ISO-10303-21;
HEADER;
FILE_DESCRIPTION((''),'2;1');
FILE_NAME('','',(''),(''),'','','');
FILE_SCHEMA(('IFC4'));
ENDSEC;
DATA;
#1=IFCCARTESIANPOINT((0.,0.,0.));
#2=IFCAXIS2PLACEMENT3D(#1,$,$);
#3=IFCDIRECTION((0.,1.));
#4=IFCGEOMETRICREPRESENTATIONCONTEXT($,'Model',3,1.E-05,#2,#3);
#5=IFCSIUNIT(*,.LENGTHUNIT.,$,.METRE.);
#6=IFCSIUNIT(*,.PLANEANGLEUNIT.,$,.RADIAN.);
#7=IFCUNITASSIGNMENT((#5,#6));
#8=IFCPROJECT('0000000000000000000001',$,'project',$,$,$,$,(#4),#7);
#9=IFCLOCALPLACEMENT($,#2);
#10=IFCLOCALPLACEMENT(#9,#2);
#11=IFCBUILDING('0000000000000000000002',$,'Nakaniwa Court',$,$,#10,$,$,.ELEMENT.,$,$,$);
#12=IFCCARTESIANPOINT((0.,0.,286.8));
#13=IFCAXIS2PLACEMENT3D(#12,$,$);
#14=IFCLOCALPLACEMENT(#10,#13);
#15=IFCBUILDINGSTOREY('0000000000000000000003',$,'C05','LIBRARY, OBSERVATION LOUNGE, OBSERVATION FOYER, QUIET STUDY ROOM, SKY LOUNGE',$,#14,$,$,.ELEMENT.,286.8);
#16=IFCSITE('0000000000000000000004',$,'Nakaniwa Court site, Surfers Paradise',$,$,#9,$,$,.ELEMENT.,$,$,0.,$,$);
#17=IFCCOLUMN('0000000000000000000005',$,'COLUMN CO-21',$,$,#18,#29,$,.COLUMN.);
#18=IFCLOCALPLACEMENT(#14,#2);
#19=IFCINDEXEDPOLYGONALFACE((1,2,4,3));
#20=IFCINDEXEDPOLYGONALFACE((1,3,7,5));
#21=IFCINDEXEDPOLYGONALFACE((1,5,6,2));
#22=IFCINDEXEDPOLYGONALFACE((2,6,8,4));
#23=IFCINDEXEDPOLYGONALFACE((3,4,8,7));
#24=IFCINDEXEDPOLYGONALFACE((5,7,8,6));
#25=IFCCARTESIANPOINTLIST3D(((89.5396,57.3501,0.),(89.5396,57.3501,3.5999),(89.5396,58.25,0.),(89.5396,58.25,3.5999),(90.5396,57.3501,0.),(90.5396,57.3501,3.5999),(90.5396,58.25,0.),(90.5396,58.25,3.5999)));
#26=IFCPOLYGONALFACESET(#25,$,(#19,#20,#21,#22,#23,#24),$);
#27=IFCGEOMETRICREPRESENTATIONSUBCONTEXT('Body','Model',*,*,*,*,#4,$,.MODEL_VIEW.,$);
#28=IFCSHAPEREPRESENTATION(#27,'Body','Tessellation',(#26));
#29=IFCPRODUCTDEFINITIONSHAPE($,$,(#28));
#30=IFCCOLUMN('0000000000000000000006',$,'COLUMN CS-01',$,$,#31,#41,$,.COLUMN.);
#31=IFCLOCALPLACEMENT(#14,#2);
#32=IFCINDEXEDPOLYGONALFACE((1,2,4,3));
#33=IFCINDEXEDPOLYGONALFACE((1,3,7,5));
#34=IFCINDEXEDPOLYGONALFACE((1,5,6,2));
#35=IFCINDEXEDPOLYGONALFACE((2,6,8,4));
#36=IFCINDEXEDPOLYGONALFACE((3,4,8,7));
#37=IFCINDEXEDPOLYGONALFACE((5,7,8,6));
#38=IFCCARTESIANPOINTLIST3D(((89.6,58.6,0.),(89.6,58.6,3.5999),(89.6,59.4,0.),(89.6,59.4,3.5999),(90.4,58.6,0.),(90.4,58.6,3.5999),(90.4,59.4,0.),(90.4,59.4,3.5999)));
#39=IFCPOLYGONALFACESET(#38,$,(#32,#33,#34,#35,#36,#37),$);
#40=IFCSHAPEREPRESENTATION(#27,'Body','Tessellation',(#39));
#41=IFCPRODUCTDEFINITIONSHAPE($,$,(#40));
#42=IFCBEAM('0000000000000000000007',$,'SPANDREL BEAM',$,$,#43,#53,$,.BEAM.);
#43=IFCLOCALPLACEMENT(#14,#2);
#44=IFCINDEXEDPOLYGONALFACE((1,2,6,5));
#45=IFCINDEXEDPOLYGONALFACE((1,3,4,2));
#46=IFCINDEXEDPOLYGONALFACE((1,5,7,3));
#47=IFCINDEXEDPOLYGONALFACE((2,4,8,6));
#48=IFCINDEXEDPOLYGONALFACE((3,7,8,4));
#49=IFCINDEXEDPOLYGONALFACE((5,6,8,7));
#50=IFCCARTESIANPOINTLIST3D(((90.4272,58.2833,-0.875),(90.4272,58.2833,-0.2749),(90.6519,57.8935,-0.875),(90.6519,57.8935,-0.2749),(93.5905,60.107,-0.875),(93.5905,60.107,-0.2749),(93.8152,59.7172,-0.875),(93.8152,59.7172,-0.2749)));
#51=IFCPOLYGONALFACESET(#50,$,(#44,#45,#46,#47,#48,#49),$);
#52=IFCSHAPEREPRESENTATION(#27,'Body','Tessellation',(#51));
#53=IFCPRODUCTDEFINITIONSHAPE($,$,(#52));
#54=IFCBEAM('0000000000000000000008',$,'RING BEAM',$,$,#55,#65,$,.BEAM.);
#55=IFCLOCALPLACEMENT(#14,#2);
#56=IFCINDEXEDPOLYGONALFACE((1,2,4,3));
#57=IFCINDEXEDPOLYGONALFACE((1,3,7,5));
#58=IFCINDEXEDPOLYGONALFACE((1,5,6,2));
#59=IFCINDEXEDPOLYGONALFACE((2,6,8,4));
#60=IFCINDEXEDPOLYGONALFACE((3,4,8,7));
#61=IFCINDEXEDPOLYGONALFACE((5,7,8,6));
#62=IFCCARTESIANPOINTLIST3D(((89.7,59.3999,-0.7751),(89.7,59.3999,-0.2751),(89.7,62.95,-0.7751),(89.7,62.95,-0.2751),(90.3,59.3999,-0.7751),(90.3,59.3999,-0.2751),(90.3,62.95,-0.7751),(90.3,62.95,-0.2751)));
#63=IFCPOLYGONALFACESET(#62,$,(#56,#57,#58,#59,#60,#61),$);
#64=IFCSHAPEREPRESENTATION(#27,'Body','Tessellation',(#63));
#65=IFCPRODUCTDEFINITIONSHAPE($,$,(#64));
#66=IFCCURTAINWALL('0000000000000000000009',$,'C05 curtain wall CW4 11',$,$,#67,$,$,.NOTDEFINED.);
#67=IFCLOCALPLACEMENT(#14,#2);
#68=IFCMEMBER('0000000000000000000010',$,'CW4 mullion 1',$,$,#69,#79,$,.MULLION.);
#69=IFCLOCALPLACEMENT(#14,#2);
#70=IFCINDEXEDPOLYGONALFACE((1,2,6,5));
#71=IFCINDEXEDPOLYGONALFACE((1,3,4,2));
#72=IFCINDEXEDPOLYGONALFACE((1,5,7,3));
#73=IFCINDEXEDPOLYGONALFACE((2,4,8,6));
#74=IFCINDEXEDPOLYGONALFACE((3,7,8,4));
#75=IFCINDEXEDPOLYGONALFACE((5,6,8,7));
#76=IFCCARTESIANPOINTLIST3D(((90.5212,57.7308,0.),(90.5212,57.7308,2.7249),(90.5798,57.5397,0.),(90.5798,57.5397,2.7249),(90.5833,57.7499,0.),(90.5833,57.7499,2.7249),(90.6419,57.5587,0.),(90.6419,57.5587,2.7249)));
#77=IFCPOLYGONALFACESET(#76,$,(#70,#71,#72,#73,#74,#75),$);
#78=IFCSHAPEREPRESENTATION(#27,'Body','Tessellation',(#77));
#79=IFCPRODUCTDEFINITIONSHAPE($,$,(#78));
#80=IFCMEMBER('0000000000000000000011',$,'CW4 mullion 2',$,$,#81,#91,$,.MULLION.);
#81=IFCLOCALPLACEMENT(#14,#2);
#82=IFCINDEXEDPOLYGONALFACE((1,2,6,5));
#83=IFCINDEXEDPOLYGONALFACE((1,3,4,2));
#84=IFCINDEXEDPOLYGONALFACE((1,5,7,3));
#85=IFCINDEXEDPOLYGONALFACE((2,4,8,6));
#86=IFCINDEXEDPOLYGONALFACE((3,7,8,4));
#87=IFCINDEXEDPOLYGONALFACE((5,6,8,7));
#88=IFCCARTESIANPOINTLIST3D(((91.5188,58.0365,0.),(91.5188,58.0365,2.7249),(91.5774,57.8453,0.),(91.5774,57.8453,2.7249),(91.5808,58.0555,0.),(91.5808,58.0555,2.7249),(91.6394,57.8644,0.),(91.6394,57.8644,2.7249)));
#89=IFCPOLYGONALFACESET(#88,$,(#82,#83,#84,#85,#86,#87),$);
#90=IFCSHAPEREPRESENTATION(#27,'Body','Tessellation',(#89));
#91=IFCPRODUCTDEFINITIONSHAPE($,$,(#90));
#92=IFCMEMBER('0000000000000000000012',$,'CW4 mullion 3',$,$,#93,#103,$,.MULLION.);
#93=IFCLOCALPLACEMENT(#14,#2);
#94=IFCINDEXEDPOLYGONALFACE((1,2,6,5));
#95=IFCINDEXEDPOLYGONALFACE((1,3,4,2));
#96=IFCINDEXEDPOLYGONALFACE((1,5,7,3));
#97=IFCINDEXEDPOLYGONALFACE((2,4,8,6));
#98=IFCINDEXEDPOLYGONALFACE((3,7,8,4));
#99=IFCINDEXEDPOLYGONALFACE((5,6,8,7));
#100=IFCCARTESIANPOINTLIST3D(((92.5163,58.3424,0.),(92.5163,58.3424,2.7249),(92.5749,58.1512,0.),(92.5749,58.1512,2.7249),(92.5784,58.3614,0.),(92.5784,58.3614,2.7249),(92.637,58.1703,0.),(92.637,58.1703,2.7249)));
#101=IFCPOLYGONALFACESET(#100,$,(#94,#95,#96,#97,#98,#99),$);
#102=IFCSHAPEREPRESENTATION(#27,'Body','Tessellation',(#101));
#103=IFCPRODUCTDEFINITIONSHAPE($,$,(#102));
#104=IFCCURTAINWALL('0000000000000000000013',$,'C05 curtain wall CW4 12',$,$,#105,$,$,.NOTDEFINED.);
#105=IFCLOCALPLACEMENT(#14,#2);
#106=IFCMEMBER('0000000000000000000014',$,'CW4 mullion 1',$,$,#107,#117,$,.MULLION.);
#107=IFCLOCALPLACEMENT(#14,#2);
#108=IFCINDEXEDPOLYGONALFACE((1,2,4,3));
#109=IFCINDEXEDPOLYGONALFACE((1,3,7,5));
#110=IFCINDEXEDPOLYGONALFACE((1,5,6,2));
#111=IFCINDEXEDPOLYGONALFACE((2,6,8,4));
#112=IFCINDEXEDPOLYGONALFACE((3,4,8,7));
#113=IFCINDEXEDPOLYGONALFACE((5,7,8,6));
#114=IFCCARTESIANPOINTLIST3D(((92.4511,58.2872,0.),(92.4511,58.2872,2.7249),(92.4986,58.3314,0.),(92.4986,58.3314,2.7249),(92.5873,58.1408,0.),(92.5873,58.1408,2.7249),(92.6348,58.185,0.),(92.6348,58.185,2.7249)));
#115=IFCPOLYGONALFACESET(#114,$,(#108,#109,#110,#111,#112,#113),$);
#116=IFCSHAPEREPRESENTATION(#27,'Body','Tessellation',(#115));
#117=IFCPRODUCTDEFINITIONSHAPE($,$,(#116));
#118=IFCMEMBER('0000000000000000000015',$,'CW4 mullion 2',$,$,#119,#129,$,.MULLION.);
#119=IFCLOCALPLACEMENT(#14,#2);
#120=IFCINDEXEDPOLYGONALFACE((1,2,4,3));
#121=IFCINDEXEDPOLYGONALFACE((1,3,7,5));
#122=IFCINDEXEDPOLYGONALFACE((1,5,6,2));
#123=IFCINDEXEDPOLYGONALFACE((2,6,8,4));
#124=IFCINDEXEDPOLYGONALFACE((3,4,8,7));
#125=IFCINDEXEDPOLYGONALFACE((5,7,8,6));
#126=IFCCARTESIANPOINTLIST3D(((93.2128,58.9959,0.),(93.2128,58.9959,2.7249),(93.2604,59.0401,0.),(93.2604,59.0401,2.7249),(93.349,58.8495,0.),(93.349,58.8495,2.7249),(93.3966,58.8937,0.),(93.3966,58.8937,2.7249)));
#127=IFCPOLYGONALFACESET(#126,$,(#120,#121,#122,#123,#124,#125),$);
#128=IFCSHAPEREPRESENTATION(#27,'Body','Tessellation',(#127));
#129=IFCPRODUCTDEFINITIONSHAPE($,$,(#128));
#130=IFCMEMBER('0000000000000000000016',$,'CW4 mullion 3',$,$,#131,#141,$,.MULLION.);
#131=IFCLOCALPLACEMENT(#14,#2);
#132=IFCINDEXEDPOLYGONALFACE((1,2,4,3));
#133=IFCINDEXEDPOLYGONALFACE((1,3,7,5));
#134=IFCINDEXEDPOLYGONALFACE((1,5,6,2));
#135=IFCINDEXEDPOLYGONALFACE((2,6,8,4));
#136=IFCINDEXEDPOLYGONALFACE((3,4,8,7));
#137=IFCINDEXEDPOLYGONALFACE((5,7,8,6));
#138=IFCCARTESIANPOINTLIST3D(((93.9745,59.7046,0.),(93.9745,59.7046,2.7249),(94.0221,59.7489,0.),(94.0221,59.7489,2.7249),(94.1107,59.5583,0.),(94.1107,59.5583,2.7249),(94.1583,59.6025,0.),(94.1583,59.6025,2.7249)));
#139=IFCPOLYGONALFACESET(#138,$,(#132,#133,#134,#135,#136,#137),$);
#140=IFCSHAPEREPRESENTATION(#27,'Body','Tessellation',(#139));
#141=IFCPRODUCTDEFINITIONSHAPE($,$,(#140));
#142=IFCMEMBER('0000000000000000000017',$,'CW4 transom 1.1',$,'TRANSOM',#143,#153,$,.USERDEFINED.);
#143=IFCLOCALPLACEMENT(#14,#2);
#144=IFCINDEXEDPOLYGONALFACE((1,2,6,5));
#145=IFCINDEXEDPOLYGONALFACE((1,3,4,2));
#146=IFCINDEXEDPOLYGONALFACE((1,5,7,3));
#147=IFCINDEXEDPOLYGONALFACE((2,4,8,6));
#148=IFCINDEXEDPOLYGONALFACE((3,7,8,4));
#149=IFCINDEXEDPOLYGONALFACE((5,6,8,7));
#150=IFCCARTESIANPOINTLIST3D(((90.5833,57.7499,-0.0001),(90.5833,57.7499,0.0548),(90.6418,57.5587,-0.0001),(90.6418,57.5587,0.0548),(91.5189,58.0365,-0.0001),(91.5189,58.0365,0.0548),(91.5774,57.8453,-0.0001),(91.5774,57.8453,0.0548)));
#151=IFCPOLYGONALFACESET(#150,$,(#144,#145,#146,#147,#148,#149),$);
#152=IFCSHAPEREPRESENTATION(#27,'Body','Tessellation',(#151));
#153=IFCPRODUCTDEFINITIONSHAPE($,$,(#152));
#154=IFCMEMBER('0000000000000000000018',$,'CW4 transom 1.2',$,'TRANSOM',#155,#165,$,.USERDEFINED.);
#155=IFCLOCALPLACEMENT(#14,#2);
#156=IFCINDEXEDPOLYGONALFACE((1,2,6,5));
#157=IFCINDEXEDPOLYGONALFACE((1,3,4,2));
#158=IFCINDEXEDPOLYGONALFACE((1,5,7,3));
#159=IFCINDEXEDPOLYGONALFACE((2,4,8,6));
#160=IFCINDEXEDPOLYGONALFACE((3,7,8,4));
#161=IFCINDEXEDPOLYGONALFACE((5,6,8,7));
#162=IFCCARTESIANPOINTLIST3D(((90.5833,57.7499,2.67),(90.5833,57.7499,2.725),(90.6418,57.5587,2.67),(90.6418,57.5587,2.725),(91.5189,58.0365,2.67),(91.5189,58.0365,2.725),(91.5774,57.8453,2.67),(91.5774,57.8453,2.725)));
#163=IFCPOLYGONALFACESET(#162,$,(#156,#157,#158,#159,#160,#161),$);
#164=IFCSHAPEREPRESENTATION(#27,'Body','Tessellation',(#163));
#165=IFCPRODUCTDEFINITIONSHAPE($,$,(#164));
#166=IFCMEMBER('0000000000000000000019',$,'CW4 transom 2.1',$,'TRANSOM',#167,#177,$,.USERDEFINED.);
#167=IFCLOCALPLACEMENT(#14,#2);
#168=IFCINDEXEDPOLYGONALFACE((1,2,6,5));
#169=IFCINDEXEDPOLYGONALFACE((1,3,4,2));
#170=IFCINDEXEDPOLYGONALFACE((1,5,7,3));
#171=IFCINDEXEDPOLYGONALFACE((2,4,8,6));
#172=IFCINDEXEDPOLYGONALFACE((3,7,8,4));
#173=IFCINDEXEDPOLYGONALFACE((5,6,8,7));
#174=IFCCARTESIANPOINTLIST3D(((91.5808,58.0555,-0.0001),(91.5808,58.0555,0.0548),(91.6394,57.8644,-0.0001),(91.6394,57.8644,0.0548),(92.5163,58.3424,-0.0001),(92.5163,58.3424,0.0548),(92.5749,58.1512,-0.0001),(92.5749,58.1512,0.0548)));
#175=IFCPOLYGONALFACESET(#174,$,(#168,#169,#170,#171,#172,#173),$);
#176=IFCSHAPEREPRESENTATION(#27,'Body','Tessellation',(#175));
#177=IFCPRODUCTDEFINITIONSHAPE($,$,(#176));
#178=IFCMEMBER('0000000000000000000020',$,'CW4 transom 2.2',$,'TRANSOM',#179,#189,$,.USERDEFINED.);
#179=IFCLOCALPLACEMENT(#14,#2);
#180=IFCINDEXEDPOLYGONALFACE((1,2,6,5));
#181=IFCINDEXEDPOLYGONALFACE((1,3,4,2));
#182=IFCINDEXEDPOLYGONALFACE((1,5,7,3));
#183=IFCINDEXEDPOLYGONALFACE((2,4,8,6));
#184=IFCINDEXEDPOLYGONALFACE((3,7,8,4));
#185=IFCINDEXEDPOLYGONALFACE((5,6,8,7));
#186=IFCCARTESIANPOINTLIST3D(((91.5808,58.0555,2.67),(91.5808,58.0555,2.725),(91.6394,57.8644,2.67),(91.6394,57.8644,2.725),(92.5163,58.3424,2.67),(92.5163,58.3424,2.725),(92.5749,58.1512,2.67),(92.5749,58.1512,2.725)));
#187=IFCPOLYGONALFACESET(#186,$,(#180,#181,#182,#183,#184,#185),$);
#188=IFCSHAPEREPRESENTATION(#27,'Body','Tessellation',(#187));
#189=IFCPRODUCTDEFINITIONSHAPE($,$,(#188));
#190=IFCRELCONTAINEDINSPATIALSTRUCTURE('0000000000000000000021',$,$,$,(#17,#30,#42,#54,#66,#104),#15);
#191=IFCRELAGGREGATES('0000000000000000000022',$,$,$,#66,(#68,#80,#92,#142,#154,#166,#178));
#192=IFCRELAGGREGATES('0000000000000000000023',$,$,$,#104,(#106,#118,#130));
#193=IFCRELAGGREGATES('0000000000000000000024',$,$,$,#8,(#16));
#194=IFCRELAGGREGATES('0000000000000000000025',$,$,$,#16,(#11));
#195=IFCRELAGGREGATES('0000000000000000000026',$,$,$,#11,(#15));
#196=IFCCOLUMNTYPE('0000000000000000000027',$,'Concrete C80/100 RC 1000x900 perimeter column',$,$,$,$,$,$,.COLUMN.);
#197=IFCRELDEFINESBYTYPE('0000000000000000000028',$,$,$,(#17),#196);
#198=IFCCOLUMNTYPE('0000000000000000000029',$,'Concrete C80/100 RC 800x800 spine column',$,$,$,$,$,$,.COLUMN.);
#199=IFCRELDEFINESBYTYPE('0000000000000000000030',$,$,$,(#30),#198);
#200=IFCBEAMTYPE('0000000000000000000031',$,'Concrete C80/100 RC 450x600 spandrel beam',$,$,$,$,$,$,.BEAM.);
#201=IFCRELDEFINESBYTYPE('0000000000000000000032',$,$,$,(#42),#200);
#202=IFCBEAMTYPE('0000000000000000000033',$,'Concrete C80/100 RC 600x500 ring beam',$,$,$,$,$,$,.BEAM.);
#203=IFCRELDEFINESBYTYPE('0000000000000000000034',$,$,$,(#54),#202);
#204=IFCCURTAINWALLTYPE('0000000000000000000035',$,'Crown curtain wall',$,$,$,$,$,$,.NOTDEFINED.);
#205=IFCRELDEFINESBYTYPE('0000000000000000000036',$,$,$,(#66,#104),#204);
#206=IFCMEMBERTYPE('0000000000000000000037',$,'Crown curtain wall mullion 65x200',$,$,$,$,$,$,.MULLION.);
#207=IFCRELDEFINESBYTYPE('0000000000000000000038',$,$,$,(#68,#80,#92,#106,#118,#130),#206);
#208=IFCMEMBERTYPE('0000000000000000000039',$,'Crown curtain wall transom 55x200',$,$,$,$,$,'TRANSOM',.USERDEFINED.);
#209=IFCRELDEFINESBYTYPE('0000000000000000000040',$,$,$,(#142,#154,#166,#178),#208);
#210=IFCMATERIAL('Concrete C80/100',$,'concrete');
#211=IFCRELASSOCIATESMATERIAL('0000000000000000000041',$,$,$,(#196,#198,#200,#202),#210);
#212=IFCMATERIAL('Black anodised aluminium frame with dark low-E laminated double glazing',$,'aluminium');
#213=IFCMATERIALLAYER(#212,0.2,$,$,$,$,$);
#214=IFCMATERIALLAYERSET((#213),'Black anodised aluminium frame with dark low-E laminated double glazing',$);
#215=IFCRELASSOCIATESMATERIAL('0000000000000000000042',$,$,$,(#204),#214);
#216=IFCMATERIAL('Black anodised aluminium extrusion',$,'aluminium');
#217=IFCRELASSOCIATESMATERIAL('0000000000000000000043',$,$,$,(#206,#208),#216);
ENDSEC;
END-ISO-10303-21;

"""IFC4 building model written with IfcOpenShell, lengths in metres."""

from ifc_helpers import new_model, si_unit, direction, frame, origin, origin_2d, place, context, subcontext, project, spatial, rectangle, extrude, material, layer, layer_set, material_profile, profile_set, type_object, element, aggregate, save


model = new_model("IFC4")

# Units and contexts
model_context = context("Model", 3, precision=1e-05, world=origin(), true_north=direction((0.0, 1.0)))
body_context = subcontext(model_context, "Body", "Model", "MODEL_VIEW")
ifc_project = project(units=[si_unit("LENGTHUNIT", "METRE"), si_unit("PLANEANGLEUNIT", "RADIAN")], contexts=[model_context])

# Site, building, storey
site_placement = place(None, origin())
site = spatial("IfcSite", under=ifc_project, at=site_placement, Name="Nakaniwa Court site, Surfers Paradise", CompositionType="ELEMENT", RefElevation=0.0)
building_placement = place(site_placement, origin())
building = spatial("IfcBuilding", under=site, at=building_placement, Name="Nakaniwa Court", CompositionType="ELEMENT")
storey_placement = place(building_placement, frame((0.0, 0.0, 286.8)))
storey = spatial("IfcBuildingStorey", under=building, at=storey_placement, Name="C05", Description="LIBRARY, OBSERVATION LOUNGE, OBSERVATION FOYER, QUIET STUDY ROOM, SKY LOUNGE", CompositionType="ELEMENT", Elevation=286.8)

# Columns
ifc_material_1 = material(Name="Concrete C80/100", Category="concrete")
ifc_material_profile_1 = material_profile(ifc_material_1, rectangle(XDim=1.0, YDim=0.8999, at=origin_2d()), Name="Concrete C80/100 RC 1000x900 perimeter column")
ifc_profile_set_1 = profile_set([ifc_material_profile_1], Name="Concrete C80/100")
column_type_1 = type_object("IfcColumnType", Name="Concrete C80/100 RC 1000x900 perimeter column", PredefinedType="COLUMN", material=ifc_profile_set_1)
column_1_placement = place(storey_placement, frame((90.0396, 57.8, 0.0), z_axis=(0.0, 0.0, 1.0), x_axis=(1.0, 0.0, 0.0)))
element("IfcColumn", 1, at=column_1_placement, inside=storey, type_object=column_type_1, Name="COLUMN CO-21", PredefinedType="COLUMN", context=body_context, shape_type="SweptSolid", body=[
    extrude(rectangle(XDim=1.0, YDim=0.8999, at=origin_2d()), origin(), (0.0, 0.0, 1.0), 3.5999),
])
ifc_material_profile_2 = material_profile(ifc_material_1, rectangle(XDim=0.8, YDim=0.8, at=origin_2d()), Name="Concrete C80/100 RC 800x800 spine column")
ifc_profile_set_2 = profile_set([ifc_material_profile_2], Name="Concrete C80/100")
column_type_2 = type_object("IfcColumnType", Name="Concrete C80/100 RC 800x800 spine column", PredefinedType="COLUMN", material=ifc_profile_set_2)
column_2_placement = place(storey_placement, frame((90.0, 59.0, 0.0), z_axis=(0.0, 0.0, 1.0), x_axis=(0.0, 1.0, 0.0)))
element("IfcColumn", 2, at=column_2_placement, inside=storey, type_object=column_type_2, Name="COLUMN CS-01", PredefinedType="COLUMN", context=body_context, shape_type="SweptSolid", body=[
    extrude(rectangle(XDim=0.8, YDim=0.8, at=origin_2d()), origin(), (0.0, 0.0, 1.0), 3.5999),
])

# Beams
ifc_material_profile_3 = material_profile(ifc_material_1, rectangle(XDim=0.45, YDim=0.6001, at=origin_2d()), Name="Concrete C80/100 RC 450x600 spandrel beam")
ifc_profile_set_3 = profile_set([ifc_material_profile_3], Name="Concrete C80/100")
beam_type_1 = type_object("IfcBeamType", Name="Concrete C80/100 RC 450x600 spandrel beam", PredefinedType="BEAM", material=ifc_profile_set_3)
beam_1_placement = place(storey_placement, frame((90.5396, 58.0884, -0.575), z_axis=(0.866336, 0.499462, 0.0), x_axis=(-0.499462, 0.866336, 0.0)))
element("IfcBeam", 3, at=beam_1_placement, inside=storey, type_object=beam_type_1, Name="SPANDREL BEAM", PredefinedType="BEAM", context=body_context, shape_type="SweptSolid", body=[
    extrude(rectangle(XDim=0.45, YDim=0.6001, at=origin_2d()), origin(), (0.0, 0.0, 1.0), 3.6514),
])
ifc_material_profile_4 = material_profile(ifc_material_1, rectangle(XDim=0.6001, YDim=0.5, at=origin_2d()), Name="Concrete C80/100 RC 600x500 ring beam")
ifc_profile_set_4 = profile_set([ifc_material_profile_4], Name="Concrete C80/100")
beam_type_2 = type_object("IfcBeamType", Name="Concrete C80/100 RC 600x500 ring beam", PredefinedType="BEAM", material=ifc_profile_set_4)
beam_2_placement = place(storey_placement, frame((90.0, 59.3999, -0.5251), z_axis=(0.0, 1.0, 0.0), x_axis=(-1.0, 0.0, 0.0)))
element("IfcBeam", 4, at=beam_2_placement, inside=storey, type_object=beam_type_2, Name="RING BEAM", PredefinedType="BEAM", context=body_context, shape_type="SweptSolid", body=[
    extrude(rectangle(XDim=0.6001, YDim=0.5, at=origin_2d()), origin(), (0.0, 0.0, 1.0), 3.55),
])

# Curtain walls, members
ifc_material_2 = material(Name="Black anodised aluminium frame with dark low-E laminated double glazing", Category="aluminium")
ifc_layer_1 = layer(ifc_material_2, 0.2)
ifc_layer_set_1 = layer_set([ifc_layer_1], Name="Black anodised aluminium frame with dark low-E laminated double glazing")
curtain_wall_type = type_object("IfcCurtainWallType", Name="Crown curtain wall", PredefinedType="NOTDEFINED", material=ifc_layer_set_1)
curtain_wall_1_placement = place(storey_placement, origin())
curtain_wall_1 = element("IfcCurtainWall", 5, at=curtain_wall_1_placement, inside=storey, type_object=curtain_wall_type, Name="C05 curtain wall CW4 11", PredefinedType="NOTDEFINED")
ifc_material_3 = material(Name="Black anodised aluminium extrusion", Category="aluminium")
ifc_material_profile_5 = material_profile(ifc_material_3, rectangle(XDim=0.2, YDim=0.0649, at=origin_2d()), Name="Crown curtain wall mullion 65x200")
ifc_profile_set_5 = profile_set([ifc_material_profile_5], Name="Black anodised aluminium extrusion")
member_type_1 = type_object("IfcMemberType", Name="Crown curtain wall mullion 65x200", PredefinedType="MULLION", material=ifc_profile_set_5)
member_1_placement = place(storey_placement, frame((90.5815, 57.6448, 0.0), z_axis=(0.0, 0.0, 1.0), x_axis=(-0.29306, 0.956094, 0.0)))
member_1 = element("IfcMember", 6, at=member_1_placement, type_object=member_type_1, Name="CW4 mullion 1", PredefinedType="MULLION", context=body_context, shape_type="SweptSolid", body=[
    extrude(rectangle(XDim=0.2, YDim=0.0649, at=origin_2d()), origin(), (0.0, 0.0, 1.0), 2.7249),
])
member_2_placement = place(storey_placement, frame((91.5791, 57.9504, 0.0), z_axis=(0.0, 0.0, 1.0), x_axis=(-0.29306, 0.956094, 0.0)))
member_2 = element("IfcMember", 7, at=member_2_placement, type_object=member_type_1, Name="CW4 mullion 2", PredefinedType="MULLION", context=body_context, shape_type="SweptSolid", body=[
    extrude(rectangle(XDim=0.2, YDim=0.0649, at=origin_2d()), origin(), (0.0, 0.0, 1.0), 2.7249),
])
member_3_placement = place(storey_placement, frame((92.5767, 58.2563, 0.0), z_axis=(0.0, 0.0, 1.0), x_axis=(-0.29306, 0.956094, 0.0)))
member_3 = element("IfcMember", 8, at=member_3_placement, type_object=member_type_1, Name="CW4 mullion 3", PredefinedType="MULLION", context=body_context, shape_type="SweptSolid", body=[
    extrude(rectangle(XDim=0.2, YDim=0.0649, at=origin_2d()), origin(), (0.0, 0.0, 1.0), 2.7249),
])
curtain_wall_2_placement = place(storey_placement, origin())
curtain_wall_2 = element("IfcCurtainWall", 9, at=curtain_wall_2_placement, inside=storey, type_object=curtain_wall_type, Name="C05 curtain wall CW4 12", PredefinedType="NOTDEFINED")
member_4_placement = place(storey_placement, frame((92.543, 58.2361, 0.0), z_axis=(0.0, 0.0, 1.0), x_axis=(-0.681182, 0.732114, 0.0)))
member_4 = element("IfcMember", 10, at=member_4_placement, type_object=member_type_1, Name="CW4 mullion 1", PredefinedType="MULLION", context=body_context, shape_type="SweptSolid", body=[
    extrude(rectangle(XDim=0.2, YDim=0.0649, at=origin_2d()), origin(), (0.0, 0.0, 1.0), 2.7249),
])
member_5_placement = place(storey_placement, frame((93.3047, 58.9448, 0.0), z_axis=(0.0, 0.0, 1.0), x_axis=(-0.681182, 0.732114, 0.0)))
member_5 = element("IfcMember", 11, at=member_5_placement, type_object=member_type_1, Name="CW4 mullion 2", PredefinedType="MULLION", context=body_context, shape_type="SweptSolid", body=[
    extrude(rectangle(XDim=0.2, YDim=0.0649, at=origin_2d()), origin(), (0.0, 0.0, 1.0), 2.7249),
])
member_6_placement = place(storey_placement, frame((94.0664, 59.6536, 0.0), z_axis=(0.0, 0.0, 1.0), x_axis=(-0.681182, 0.732114, 0.0)))
member_6 = element("IfcMember", 12, at=member_6_placement, type_object=member_type_1, Name="CW4 mullion 3", PredefinedType="MULLION", context=body_context, shape_type="SweptSolid", body=[
    extrude(rectangle(XDim=0.2, YDim=0.0649, at=origin_2d()), origin(), (0.0, 0.0, 1.0), 2.7249),
])

# Members
ifc_material_profile_6 = material_profile(ifc_material_3, rectangle(XDim=0.2, YDim=0.0549, at=origin_2d()), Name="Crown curtain wall transom 55x200")
ifc_profile_set_6 = profile_set([ifc_material_profile_6], Name="Black anodised aluminium extrusion")
member_type_2 = type_object("IfcMemberType", Name="Crown curtain wall transom 55x200", ElementType="TRANSOM", PredefinedType="USERDEFINED", material=ifc_profile_set_6)
member_7_placement = place(storey_placement, frame((90.6125, 57.6543, 0.0273), z_axis=(0.956134, 0.292928, 0.0), x_axis=(-0.292928, 0.956134, 0.0)))
member_7 = element("IfcMember", 13, at=member_7_placement, type_object=member_type_2, Name="CW4 transom 1.1", ObjectType="TRANSOM", PredefinedType="USERDEFINED", context=body_context, shape_type="SweptSolid", body=[
    extrude(rectangle(XDim=0.2, YDim=0.0549, at=origin_2d()), origin(), (0.0, 0.0, 1.0), 0.9785),
])
member_8_placement = place(storey_placement, frame((90.6125, 57.6543, 2.6975), z_axis=(0.956134, 0.292928, 0.0), x_axis=(-0.292928, 0.956134, 0.0)))
member_8 = element("IfcMember", 14, at=member_8_placement, type_object=member_type_2, Name="CW4 transom 1.2", ObjectType="TRANSOM", PredefinedType="USERDEFINED", context=body_context, shape_type="SweptSolid", body=[
    extrude(rectangle(XDim=0.2, YDim=0.0549, at=origin_2d()), origin(), (0.0, 0.0, 1.0), 0.9785),
])
member_9_placement = place(storey_placement, frame((91.6101, 57.96, 0.0273), z_axis=(0.956064, 0.293157, 0.0), x_axis=(-0.293157, 0.956064, 0.0)))
member_9 = element("IfcMember", 15, at=member_9_placement, type_object=member_type_2, Name="CW4 transom 2.1", ObjectType="TRANSOM", PredefinedType="USERDEFINED", context=body_context, shape_type="SweptSolid", body=[
    extrude(rectangle(XDim=0.2, YDim=0.0549, at=origin_2d()), origin(), (0.0, 0.0, 1.0), 0.9785),
])
member_10_placement = place(storey_placement, frame((91.6101, 57.96, 2.6975), z_axis=(0.956064, 0.293157, 0.0), x_axis=(-0.293157, 0.956064, 0.0)))
member_10 = element("IfcMember", 16, at=member_10_placement, type_object=member_type_2, Name="CW4 transom 2.2", ObjectType="TRANSOM", PredefinedType="USERDEFINED", context=body_context, shape_type="SweptSolid", body=[
    extrude(rectangle(XDim=0.2, YDim=0.0549, at=origin_2d()), origin(), (0.0, 0.0, 1.0), 0.9785),
])

aggregate(curtain_wall_1, [member_1, member_2, member_3, member_7, member_8, member_9, member_10])
aggregate(curtain_wall_2, [member_4, member_5, member_6])

save(model, "model.ifc")
